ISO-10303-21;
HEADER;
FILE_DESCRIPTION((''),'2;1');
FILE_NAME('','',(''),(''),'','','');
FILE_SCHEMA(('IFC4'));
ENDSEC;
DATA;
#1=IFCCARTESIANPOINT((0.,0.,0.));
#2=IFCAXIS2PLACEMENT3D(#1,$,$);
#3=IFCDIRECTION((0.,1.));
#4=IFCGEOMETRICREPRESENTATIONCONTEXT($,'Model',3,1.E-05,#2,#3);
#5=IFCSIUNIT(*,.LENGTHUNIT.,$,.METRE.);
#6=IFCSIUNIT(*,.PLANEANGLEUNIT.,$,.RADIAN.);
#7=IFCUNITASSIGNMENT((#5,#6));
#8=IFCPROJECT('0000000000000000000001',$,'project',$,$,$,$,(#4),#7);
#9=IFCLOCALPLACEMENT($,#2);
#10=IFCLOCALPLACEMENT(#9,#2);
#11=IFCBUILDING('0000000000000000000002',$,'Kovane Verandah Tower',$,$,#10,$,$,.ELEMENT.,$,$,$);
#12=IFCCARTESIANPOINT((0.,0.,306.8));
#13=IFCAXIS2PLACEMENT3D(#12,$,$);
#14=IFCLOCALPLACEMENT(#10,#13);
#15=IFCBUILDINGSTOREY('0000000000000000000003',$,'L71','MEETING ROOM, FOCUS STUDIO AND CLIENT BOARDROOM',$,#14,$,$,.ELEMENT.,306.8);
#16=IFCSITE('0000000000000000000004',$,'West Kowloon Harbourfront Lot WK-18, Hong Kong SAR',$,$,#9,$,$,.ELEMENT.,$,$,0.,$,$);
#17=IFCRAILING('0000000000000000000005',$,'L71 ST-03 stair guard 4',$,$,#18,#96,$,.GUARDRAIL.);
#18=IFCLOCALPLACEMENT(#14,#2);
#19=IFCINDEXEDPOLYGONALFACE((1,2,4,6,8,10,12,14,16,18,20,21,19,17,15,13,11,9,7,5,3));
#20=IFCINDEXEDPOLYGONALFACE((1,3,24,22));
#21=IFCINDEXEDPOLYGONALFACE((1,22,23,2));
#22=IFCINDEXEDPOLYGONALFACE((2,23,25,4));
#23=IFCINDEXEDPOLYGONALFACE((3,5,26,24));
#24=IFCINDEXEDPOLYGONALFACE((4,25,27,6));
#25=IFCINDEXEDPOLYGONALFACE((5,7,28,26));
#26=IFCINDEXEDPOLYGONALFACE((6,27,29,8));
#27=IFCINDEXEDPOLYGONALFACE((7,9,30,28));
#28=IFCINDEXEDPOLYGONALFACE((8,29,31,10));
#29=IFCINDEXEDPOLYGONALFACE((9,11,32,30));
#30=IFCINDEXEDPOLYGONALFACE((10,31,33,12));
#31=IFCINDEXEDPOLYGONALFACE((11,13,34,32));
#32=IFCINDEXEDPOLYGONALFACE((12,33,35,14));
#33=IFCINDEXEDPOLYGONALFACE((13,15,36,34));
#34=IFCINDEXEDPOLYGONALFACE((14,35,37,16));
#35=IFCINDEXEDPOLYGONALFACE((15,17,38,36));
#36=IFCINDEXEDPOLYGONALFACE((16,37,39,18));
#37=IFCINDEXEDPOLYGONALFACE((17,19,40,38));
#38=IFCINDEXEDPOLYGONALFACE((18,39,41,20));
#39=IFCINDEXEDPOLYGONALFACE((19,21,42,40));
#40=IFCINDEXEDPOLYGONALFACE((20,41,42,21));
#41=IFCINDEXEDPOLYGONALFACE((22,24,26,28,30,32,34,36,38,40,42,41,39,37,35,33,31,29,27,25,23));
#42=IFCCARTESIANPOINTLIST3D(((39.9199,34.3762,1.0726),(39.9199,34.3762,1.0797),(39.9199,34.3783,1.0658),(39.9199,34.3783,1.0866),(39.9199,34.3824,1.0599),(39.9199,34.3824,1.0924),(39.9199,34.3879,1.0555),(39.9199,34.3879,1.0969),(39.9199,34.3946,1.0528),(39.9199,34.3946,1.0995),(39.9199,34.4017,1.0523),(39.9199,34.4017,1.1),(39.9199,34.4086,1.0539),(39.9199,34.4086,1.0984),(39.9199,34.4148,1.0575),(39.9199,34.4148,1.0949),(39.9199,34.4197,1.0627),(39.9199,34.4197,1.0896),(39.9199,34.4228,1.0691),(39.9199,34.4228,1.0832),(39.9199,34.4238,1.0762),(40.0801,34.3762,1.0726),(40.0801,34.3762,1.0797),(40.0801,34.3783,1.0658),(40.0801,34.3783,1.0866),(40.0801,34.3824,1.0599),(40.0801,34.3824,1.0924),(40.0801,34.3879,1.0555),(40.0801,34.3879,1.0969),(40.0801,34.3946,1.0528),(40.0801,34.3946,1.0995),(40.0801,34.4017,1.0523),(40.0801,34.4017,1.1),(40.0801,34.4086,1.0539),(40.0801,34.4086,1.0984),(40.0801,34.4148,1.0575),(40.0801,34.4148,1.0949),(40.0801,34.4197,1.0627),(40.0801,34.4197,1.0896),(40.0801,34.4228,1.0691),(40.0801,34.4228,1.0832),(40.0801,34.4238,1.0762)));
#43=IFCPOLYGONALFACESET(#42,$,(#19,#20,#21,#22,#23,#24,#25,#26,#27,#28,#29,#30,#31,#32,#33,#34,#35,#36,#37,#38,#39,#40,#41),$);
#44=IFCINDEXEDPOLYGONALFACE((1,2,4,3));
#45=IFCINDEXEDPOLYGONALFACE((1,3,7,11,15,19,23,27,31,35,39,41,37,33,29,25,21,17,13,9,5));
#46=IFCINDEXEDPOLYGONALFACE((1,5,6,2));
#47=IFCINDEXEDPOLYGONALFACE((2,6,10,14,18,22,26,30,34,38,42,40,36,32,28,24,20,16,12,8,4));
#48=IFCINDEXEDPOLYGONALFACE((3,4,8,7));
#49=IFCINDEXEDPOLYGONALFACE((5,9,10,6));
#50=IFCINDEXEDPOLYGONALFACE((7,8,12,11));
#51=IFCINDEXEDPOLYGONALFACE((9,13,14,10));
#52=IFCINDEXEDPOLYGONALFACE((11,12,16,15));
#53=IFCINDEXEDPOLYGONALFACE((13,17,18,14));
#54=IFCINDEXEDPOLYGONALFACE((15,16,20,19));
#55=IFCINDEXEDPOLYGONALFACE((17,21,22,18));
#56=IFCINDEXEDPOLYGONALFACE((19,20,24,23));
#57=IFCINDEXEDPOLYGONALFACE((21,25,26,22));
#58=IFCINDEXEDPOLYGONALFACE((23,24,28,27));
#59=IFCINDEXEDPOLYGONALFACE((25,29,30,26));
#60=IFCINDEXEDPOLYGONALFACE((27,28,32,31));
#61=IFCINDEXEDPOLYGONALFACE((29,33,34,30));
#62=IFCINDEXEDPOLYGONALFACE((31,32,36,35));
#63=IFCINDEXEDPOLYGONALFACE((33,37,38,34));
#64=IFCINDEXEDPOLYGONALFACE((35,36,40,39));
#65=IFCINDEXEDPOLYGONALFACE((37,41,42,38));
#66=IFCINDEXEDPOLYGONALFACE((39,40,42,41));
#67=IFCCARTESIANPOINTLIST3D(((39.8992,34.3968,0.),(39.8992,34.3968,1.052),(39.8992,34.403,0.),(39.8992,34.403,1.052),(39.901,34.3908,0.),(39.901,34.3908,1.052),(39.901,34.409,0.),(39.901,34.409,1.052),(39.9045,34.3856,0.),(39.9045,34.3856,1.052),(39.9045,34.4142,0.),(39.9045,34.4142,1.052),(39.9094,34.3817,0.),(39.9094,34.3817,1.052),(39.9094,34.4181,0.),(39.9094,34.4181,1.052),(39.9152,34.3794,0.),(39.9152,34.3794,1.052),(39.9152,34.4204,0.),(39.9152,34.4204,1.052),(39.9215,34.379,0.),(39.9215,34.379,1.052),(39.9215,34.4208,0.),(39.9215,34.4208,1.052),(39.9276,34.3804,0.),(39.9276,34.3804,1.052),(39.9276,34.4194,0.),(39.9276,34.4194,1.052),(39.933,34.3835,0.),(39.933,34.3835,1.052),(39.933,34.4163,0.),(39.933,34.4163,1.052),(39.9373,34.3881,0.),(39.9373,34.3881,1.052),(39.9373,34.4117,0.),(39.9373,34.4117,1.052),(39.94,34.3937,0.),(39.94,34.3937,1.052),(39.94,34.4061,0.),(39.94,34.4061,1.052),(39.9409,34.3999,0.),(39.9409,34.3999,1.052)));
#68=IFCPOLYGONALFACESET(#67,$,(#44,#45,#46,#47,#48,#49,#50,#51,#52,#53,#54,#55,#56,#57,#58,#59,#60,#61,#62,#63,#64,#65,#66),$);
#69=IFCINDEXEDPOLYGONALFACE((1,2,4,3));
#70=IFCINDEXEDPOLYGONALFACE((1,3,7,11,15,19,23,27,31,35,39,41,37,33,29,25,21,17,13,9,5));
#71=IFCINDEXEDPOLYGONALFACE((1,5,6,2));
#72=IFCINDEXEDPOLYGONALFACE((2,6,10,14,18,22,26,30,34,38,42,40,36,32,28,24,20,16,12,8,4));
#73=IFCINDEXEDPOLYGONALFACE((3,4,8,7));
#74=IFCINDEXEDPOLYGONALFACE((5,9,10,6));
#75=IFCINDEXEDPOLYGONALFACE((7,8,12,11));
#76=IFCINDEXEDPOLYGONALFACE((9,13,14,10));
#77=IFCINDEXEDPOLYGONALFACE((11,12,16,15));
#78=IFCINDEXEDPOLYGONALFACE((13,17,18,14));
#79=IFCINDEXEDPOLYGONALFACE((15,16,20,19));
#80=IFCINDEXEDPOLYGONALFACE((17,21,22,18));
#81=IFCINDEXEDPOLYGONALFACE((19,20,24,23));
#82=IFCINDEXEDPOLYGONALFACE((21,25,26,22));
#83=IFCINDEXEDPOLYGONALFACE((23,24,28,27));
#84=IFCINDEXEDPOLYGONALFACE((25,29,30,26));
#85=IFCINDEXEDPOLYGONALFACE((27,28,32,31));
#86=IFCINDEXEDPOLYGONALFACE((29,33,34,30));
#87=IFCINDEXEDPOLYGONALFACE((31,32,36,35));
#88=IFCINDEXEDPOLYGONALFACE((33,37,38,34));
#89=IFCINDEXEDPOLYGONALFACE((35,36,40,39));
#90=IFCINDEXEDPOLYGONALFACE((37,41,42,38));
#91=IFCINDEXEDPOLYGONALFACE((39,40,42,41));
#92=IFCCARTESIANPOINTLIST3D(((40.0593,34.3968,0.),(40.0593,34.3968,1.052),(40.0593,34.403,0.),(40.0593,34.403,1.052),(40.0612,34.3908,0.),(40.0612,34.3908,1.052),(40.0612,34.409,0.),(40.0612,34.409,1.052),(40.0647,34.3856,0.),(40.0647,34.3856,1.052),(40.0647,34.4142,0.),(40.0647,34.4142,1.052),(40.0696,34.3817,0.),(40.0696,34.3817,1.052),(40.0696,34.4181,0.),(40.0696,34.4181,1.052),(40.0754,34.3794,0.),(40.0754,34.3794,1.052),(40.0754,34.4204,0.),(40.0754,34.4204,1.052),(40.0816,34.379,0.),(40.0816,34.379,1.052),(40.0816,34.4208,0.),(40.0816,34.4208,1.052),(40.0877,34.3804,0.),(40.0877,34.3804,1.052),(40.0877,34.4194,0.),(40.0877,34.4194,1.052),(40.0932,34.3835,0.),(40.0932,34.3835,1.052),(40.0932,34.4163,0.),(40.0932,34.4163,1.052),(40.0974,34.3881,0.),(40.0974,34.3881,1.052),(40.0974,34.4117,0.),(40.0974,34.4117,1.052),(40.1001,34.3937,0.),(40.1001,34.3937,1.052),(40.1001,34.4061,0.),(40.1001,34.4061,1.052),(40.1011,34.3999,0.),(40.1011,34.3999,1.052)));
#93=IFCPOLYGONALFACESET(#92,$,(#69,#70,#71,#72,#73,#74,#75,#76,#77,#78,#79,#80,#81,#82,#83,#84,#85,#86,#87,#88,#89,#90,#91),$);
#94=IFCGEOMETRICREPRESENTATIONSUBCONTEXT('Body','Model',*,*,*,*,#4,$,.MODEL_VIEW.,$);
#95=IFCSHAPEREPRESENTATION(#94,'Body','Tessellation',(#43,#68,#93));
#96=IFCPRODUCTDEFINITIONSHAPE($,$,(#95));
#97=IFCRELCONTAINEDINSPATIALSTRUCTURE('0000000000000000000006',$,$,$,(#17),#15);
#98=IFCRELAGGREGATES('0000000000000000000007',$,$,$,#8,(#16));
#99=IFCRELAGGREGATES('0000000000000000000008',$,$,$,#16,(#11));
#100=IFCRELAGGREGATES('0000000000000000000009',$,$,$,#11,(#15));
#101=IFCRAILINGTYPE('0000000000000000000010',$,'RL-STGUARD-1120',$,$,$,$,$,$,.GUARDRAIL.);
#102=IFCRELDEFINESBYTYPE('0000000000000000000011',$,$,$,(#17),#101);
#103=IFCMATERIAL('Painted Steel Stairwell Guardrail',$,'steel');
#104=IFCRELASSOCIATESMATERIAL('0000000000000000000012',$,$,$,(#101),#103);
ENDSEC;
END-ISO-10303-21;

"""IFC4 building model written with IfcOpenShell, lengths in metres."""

from ifc_helpers import new_model, si_unit, direction, frame, origin, origin_2d, place, context, subcontext, project, spatial, circle, extrude, material, type_object, element, save


model = new_model("IFC4")

# Units and contexts
model_context = context("Model", 3, precision=1e-05, world=origin(), true_north=direction((0.0, 1.0)))
body_context = subcontext(model_context, "Body", "Model", "MODEL_VIEW")
ifc_project = project(units=[si_unit("LENGTHUNIT", "METRE"), si_unit("PLANEANGLEUNIT", "RADIAN")], contexts=[model_context])

# Site, building, storey
site_placement = place(None, origin())
site = spatial("IfcSite", under=ifc_project, at=site_placement, Name="West Kowloon Harbourfront Lot WK-18, Hong Kong SAR", CompositionType="ELEMENT", RefElevation=0.0)
building_placement = place(site_placement, origin())
building = spatial("IfcBuilding", under=site, at=building_placement, Name="Kovane Verandah Tower", CompositionType="ELEMENT")
storey_placement = place(building_placement, frame((0.0, 0.0, 306.8)))
storey = spatial("IfcBuildingStorey", under=building, at=storey_placement, Name="L71", Description="MEETING ROOM, FOCUS STUDIO AND CLIENT BOARDROOM", CompositionType="ELEMENT", Elevation=306.8)

# Railing
ifc_material_1 = material(Name="Painted Steel Stairwell Guardrail", Category="steel")
railing_type_1 = type_object("IfcRailingType", Name="RL-STGUARD-1120", PredefinedType="GUARDRAIL", material=ifc_material_1)
railing_1_placement = place(storey_placement, frame((39.9199, 34.3999, 0.0)))
element("IfcRailing", 1, at=railing_1_placement, inside=storey, type_object=railing_type_1, Name="L71 ST-03 stair guard 4", PredefinedType="GUARDRAIL", context=body_context, shape_type="SweptSolid", body=[
    extrude(circle(Radius=0.0239, at=origin_2d()), frame((0.0, 0.0, 1.0762), z_axis=(1.0, 0.0, 0.0), x_axis=(0.0, 1.0, 0.0)), (0.0, 0.0, 1.0), 0.1602),
    extrude(circle(Radius=0.021, at=origin_2d()), origin(), (0.0, 0.0, 1.0), 1.052),
    extrude(circle(Radius=0.021, at=origin_2d()), frame((0.1602, 0.0, 0.0)), (0.0, 0.0, 1.0), 1.052),
])

save(model, "model.ifc")
